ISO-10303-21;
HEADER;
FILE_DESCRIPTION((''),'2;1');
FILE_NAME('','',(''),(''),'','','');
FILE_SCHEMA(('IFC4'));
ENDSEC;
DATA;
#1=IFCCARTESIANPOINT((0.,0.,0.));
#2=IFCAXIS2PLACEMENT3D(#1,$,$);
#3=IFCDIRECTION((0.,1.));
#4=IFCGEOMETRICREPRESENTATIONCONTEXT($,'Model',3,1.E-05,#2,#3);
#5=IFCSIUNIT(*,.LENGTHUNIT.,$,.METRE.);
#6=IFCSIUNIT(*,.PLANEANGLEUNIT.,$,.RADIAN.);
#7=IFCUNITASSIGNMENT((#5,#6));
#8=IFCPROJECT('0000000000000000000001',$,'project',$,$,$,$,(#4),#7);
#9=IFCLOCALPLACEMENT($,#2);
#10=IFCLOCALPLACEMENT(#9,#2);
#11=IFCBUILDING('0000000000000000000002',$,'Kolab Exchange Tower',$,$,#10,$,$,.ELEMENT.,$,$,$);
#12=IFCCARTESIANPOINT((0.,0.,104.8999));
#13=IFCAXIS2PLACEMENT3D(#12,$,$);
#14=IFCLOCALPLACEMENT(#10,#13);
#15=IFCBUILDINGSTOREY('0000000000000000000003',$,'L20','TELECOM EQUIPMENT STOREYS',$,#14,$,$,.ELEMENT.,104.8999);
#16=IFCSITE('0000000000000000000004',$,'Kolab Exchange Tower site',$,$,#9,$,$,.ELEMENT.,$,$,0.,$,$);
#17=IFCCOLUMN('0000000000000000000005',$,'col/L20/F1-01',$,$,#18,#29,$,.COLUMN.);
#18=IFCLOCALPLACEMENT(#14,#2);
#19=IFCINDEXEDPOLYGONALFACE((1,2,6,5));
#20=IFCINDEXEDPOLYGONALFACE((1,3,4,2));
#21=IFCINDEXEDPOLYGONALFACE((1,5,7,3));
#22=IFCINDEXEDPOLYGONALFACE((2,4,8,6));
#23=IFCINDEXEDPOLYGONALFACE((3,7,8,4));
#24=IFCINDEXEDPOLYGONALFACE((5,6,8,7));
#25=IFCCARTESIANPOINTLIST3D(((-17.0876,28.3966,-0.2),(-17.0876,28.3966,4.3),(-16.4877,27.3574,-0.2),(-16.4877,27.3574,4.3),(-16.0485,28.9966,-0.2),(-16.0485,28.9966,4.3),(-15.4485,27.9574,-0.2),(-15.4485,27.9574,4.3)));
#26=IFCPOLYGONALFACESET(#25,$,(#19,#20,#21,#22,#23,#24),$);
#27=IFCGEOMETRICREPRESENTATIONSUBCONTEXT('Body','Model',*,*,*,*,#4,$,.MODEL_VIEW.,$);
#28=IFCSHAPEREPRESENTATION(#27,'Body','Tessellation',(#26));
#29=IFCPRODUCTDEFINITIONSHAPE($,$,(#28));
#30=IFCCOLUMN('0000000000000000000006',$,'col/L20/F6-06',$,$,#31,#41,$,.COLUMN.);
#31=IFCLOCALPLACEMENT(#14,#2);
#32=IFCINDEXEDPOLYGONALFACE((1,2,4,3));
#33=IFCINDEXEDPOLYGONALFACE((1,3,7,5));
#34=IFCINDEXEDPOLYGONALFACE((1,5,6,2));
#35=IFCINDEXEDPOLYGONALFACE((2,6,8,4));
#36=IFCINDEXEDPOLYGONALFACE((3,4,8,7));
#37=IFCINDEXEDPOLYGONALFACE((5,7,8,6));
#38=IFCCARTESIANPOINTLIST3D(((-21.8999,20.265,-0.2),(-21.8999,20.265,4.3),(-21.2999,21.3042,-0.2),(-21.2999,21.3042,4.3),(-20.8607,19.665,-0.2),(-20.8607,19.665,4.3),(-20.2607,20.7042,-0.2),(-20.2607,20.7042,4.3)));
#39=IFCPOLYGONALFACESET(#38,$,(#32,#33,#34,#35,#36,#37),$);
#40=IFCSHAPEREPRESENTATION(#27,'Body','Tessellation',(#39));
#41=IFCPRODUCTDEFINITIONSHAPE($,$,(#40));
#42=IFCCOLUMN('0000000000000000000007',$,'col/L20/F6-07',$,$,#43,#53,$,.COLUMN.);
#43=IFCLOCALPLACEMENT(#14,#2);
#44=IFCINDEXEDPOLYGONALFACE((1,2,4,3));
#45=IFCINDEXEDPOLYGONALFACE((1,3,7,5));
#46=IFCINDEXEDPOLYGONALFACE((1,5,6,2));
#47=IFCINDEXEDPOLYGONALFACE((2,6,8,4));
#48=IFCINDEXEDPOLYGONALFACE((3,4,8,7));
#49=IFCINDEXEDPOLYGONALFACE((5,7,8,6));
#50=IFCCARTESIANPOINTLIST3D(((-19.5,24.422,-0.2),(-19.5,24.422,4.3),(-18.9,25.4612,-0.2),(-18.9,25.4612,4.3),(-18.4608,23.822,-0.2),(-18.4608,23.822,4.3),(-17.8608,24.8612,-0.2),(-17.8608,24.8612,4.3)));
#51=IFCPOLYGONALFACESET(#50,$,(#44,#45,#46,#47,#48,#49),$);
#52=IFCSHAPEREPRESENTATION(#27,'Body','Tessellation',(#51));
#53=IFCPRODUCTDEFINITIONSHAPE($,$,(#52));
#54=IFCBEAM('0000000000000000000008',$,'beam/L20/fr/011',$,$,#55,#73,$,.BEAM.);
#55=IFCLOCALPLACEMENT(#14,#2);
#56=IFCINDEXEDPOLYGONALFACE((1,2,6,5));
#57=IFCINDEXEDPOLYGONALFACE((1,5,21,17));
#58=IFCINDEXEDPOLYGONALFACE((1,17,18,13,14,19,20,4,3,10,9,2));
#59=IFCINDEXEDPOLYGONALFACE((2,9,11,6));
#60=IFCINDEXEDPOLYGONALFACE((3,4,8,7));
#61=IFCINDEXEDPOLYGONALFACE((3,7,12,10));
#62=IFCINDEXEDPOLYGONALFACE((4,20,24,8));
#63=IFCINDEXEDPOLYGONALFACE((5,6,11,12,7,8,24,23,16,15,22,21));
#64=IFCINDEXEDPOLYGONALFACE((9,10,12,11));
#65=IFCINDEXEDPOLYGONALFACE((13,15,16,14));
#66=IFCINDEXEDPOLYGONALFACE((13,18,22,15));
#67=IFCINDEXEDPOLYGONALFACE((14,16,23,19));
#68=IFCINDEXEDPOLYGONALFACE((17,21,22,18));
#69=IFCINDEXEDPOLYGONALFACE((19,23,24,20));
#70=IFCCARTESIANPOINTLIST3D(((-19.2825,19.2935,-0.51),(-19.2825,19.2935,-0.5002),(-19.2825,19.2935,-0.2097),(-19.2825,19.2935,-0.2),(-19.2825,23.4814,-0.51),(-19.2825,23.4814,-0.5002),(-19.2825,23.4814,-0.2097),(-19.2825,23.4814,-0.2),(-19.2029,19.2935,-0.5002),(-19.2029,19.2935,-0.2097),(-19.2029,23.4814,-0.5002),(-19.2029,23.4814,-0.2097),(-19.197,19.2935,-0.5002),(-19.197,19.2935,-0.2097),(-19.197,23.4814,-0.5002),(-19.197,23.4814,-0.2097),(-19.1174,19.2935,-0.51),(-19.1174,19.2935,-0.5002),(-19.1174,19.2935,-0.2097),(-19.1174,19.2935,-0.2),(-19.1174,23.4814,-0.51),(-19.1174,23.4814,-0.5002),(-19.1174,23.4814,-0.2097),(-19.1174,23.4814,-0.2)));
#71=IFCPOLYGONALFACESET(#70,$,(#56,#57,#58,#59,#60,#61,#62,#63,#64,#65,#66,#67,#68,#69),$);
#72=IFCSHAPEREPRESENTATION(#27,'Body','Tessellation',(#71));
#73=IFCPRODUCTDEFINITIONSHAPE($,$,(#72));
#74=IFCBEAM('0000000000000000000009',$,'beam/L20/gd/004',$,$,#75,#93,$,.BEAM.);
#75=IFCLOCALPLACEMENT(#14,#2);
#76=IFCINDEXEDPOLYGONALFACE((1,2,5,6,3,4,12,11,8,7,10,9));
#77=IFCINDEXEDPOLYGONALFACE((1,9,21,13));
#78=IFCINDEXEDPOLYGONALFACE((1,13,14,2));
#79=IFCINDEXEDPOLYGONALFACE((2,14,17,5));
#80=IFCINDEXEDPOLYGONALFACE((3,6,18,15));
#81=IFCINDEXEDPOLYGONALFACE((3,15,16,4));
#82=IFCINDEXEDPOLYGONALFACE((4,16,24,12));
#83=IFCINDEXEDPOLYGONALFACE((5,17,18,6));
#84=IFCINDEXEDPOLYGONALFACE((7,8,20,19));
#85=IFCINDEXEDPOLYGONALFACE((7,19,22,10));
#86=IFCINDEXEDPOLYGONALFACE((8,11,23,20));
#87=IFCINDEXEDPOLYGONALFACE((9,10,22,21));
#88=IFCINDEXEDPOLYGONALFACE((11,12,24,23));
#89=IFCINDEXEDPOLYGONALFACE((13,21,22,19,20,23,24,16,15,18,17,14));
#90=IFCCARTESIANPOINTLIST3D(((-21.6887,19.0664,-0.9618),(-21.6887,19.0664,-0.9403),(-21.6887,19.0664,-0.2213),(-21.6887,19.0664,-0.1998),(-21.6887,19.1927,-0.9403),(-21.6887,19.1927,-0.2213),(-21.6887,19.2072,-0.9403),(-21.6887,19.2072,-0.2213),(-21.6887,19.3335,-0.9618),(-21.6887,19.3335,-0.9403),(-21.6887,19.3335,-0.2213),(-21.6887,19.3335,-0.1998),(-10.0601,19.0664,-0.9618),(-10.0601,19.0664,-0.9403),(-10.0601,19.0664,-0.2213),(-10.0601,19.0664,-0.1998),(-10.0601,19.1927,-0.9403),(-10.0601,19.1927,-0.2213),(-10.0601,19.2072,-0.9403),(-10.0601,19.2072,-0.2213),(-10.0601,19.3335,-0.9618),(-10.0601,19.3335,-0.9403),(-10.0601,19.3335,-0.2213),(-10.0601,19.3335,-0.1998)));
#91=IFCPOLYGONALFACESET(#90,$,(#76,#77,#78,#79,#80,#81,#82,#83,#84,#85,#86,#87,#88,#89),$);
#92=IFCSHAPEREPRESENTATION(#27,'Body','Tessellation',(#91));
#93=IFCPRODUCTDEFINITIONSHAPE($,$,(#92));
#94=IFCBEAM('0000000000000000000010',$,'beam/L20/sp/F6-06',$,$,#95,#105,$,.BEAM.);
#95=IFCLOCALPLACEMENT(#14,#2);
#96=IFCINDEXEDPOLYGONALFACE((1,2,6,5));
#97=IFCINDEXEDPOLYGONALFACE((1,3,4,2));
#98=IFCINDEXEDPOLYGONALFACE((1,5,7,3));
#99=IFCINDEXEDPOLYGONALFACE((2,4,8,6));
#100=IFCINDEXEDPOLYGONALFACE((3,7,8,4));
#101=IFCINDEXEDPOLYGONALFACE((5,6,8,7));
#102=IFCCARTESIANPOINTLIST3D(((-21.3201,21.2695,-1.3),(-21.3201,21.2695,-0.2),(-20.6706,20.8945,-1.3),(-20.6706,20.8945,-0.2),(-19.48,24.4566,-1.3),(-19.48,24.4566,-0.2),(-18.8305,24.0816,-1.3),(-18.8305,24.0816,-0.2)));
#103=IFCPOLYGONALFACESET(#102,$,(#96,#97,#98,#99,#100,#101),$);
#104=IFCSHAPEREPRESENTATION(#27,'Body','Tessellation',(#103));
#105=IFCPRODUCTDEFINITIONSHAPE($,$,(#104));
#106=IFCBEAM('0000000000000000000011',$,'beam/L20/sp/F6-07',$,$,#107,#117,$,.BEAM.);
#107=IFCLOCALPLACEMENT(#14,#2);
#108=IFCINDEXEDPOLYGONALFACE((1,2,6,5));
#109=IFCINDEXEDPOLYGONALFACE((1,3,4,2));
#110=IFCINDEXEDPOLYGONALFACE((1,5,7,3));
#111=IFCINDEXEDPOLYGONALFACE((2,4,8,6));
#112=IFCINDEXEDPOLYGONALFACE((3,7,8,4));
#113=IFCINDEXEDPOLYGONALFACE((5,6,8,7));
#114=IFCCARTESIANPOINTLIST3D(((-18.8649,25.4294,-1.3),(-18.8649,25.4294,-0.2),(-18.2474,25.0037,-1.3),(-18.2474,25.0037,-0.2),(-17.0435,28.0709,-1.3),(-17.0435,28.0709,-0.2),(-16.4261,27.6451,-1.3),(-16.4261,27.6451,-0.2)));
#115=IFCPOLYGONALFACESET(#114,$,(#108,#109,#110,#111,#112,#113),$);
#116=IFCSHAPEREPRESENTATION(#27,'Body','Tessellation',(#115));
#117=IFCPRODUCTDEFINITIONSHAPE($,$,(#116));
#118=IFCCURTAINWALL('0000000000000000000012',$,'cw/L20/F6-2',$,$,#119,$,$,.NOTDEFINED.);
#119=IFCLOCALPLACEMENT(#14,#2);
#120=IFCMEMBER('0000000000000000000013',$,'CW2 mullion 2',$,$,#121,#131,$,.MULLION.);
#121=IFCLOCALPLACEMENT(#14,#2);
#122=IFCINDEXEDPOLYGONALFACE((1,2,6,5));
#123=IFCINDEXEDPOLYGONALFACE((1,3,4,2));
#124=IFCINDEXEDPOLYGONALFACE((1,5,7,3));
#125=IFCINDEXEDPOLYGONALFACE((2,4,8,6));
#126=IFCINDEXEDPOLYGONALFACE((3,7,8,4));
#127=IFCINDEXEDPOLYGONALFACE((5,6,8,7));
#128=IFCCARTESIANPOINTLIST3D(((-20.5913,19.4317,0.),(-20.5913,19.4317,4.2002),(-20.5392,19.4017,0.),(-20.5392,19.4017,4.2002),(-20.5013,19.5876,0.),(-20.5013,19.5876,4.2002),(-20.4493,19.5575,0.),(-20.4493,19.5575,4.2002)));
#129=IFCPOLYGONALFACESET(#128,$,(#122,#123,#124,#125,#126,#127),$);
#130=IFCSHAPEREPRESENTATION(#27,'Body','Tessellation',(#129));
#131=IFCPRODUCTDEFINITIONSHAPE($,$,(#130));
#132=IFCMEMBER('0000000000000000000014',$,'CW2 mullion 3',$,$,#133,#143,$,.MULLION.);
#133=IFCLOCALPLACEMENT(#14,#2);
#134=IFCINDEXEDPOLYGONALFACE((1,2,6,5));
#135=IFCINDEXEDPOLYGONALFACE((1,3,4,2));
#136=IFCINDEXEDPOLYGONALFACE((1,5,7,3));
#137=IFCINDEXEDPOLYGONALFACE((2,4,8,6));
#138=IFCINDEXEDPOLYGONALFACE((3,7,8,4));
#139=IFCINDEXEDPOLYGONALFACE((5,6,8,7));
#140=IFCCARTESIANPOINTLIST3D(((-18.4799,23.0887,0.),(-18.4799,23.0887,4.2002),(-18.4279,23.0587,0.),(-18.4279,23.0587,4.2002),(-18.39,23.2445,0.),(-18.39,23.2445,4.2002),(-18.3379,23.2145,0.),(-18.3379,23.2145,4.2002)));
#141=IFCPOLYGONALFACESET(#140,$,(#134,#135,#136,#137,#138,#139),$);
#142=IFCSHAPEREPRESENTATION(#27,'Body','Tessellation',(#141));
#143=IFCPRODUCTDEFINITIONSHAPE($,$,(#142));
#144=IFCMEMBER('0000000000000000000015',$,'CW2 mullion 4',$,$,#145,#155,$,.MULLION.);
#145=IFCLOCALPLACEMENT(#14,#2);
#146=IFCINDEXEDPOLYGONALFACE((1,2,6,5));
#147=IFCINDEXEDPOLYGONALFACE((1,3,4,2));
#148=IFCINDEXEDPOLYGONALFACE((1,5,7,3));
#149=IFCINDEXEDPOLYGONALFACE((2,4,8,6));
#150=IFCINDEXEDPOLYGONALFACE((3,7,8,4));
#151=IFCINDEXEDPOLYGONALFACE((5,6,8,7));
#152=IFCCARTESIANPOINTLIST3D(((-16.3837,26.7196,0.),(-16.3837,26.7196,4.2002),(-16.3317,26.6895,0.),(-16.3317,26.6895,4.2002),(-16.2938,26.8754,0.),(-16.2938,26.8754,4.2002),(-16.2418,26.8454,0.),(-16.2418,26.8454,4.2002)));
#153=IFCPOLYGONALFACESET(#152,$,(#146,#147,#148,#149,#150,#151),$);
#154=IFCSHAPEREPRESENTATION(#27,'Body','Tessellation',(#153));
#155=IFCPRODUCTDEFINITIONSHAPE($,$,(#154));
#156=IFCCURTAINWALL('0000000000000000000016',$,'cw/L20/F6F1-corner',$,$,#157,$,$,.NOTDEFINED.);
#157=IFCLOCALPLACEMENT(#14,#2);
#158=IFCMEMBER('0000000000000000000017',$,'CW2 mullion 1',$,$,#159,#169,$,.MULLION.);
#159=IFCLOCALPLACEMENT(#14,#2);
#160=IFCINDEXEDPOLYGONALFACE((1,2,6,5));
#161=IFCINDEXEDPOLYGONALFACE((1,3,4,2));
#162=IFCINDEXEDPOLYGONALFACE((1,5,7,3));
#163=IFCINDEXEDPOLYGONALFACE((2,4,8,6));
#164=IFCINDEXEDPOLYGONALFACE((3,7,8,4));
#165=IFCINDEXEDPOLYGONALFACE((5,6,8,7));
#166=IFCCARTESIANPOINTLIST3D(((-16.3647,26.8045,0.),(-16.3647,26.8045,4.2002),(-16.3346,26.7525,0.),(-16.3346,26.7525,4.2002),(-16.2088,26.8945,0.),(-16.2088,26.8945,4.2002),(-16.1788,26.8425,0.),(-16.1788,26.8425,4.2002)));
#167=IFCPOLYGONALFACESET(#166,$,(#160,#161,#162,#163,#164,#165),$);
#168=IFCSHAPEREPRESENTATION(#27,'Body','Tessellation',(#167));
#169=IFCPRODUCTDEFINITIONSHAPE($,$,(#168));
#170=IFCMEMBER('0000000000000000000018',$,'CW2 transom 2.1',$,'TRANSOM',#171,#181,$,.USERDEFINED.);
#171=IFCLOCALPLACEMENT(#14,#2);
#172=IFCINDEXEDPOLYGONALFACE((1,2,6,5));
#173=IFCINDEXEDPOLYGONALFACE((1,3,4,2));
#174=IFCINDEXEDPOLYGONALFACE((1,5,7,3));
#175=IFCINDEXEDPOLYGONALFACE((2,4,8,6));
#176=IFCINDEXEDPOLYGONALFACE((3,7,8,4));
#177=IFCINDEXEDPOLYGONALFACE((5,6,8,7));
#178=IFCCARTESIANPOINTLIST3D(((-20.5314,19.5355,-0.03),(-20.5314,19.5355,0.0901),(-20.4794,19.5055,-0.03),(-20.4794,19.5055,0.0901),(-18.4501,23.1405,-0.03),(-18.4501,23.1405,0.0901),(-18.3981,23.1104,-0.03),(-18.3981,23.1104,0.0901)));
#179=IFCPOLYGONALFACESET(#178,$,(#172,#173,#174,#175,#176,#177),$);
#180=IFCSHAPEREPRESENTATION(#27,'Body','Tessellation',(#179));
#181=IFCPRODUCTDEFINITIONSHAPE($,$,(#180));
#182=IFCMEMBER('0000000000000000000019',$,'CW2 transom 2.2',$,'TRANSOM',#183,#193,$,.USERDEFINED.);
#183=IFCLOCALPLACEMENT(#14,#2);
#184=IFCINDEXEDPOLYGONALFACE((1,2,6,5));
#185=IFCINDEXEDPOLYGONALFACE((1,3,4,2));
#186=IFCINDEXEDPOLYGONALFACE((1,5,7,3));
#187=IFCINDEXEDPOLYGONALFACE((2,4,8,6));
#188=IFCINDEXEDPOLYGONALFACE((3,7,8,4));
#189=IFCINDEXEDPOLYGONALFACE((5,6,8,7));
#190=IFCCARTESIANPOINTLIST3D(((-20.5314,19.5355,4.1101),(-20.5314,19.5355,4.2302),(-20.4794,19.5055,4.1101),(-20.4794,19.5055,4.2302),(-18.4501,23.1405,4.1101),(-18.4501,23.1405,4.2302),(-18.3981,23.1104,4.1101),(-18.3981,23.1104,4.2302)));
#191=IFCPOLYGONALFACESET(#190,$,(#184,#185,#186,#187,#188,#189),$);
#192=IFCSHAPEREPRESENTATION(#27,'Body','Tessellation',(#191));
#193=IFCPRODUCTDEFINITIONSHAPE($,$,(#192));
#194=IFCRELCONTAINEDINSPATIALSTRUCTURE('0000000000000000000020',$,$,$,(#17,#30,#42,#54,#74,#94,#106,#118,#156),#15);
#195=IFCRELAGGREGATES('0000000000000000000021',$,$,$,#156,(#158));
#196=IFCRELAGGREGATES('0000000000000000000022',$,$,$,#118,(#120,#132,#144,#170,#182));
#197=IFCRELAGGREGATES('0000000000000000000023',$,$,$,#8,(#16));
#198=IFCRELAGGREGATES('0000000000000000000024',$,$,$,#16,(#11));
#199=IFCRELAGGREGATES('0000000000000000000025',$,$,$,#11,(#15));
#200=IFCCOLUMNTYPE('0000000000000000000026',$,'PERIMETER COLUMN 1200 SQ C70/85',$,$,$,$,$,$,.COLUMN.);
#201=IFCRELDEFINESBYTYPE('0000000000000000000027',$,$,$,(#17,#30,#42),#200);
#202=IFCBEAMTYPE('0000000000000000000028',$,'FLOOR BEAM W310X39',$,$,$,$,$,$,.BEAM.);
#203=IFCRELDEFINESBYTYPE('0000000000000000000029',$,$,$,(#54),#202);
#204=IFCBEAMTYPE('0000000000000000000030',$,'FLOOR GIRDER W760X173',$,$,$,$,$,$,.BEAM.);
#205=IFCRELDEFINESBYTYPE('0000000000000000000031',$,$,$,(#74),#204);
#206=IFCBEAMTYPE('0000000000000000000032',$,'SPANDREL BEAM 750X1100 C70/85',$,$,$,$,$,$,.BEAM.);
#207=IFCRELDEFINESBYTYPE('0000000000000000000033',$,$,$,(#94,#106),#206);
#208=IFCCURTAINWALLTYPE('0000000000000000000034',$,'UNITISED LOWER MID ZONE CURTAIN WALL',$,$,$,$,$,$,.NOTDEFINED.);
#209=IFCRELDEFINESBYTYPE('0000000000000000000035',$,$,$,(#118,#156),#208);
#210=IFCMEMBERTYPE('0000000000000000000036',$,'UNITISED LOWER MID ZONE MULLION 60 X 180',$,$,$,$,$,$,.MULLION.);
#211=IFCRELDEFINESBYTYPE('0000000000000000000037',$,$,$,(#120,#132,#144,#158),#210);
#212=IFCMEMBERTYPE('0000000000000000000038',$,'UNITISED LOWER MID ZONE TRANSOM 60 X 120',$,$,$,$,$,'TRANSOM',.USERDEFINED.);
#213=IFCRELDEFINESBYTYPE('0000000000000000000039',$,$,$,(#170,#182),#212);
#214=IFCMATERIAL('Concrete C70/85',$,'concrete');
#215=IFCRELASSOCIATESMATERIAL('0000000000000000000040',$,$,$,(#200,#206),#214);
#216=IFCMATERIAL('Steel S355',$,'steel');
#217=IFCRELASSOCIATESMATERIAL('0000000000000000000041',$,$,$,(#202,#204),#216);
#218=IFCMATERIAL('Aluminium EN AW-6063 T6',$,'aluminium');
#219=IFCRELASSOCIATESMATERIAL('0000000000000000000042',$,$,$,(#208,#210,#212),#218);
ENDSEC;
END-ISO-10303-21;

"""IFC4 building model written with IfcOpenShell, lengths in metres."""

from ifc_helpers import new_model, si_unit, direction, frame, origin, origin_2d, place, context, subcontext, project, spatial, rectangle, i_section, extrude, material, material_profile, profile_set, type_object, element, aggregate, save


model = new_model("IFC4")

# Units and contexts
model_context = context("Model", 3, precision=1e-05, world=origin(), true_north=direction((0.0, 1.0)))
body_context = subcontext(model_context, "Body", "Model", "MODEL_VIEW")
ifc_project = project(units=[si_unit("LENGTHUNIT", "METRE"), si_unit("PLANEANGLEUNIT", "RADIAN")], contexts=[model_context])

# Site, building, storey
site_placement = place(None, origin())
site = spatial("IfcSite", under=ifc_project, at=site_placement, Name="Kolab Exchange Tower site", CompositionType="ELEMENT", RefElevation=0.0)
building_placement = place(site_placement, origin())
building = spatial("IfcBuilding", under=site, at=building_placement, Name="Kolab Exchange Tower", CompositionType="ELEMENT")
storey_placement = place(building_placement, frame((0.0, 0.0, 104.8999)))
storey = spatial("IfcBuildingStorey", under=building, at=storey_placement, Name="L20", Description="TELECOM EQUIPMENT STOREYS", CompositionType="ELEMENT", Elevation=104.8999)

# Columns
ifc_material_1 = material(Name="Concrete C70/85", Category="concrete")
ifc_material_profile_1 = material_profile(ifc_material_1, rectangle(XDim=1.2, YDim=1.2, at=origin_2d()), Name="RC1200")
ifc_profile_set_1 = profile_set([ifc_material_profile_1], Name="Concrete C70/85")
column_type = type_object("IfcColumnType", Name="PERIMETER COLUMN 1200 SQ C70/85", PredefinedType="COLUMN", material=ifc_profile_set_1)
for number, where, z_axis, x_axis, name in (
    (1, (-16.2681, 28.177, -0.2), (0.0, 0.0, 1.0), (0.866025, 0.5, 0.0), "col/L20/F1-01"),
    (2, (-21.0803, 20.4846, -0.2), (0.0, 0.0, 1.0), (0.5, 0.866025, 0.0), "col/L20/F6-06"),
    (3, (-18.6804, 24.6416, -0.2), (0.0, 0.0, 1.0), (0.5, 0.866025, 0.0), "col/L20/F6-07"),
):
    element("IfcColumn", number, at=place(storey_placement, frame(where, z_axis=z_axis, x_axis=x_axis)), inside=storey, type_object=column_type, Name=name, PredefinedType="COLUMN", context=body_context, shape_type="SweptSolid", body=[
        extrude(rectangle(XDim=1.2, YDim=1.2, at=origin_2d()), origin(), (0.0, 0.0, 1.0), 4.5),
    ])

# Beams
ifc_material_2 = material(Name="Steel S355", Category="steel")
ifc_material_profile_2 = material_profile(ifc_material_2, i_section(OverallWidth=0.165, OverallDepth=0.3101, WebThickness=0.0059, FlangeThickness=0.0098, at=origin_2d()), Name="W310X39")
ifc_profile_set_2 = profile_set([ifc_material_profile_2], Name="Steel S355")
beam_type_1 = type_object("IfcBeamType", Name="FLOOR BEAM W310X39", PredefinedType="BEAM", material=ifc_profile_set_2)
beam_1_placement = place(storey_placement, frame((-19.2, 19.2935, -0.355), z_axis=(0.0, 1.0, 0.0), x_axis=(-1.0, 0.0, 0.0)))
element("IfcBeam", 4, at=beam_1_placement, inside=storey, type_object=beam_type_1, Name="beam/L20/fr/011", PredefinedType="BEAM", context=body_context, shape_type="SweptSolid", body=[
    extrude(i_section(OverallWidth=0.165, OverallDepth=0.3101, WebThickness=0.0059, FlangeThickness=0.0098, at=origin_2d()), origin(), (0.0, 0.0, 1.0), 4.188),
])
ifc_material_profile_3 = material_profile(ifc_material_2, i_section(OverallWidth=0.2671, OverallDepth=0.762, WebThickness=0.0144, FlangeThickness=0.0215, at=origin_2d()), Name="W760X173")
ifc_profile_set_3 = profile_set([ifc_material_profile_3], Name="Steel S355")
beam_type_2 = type_object("IfcBeamType", Name="FLOOR GIRDER W760X173", PredefinedType="BEAM", material=ifc_profile_set_3)
beam_2_placement = place(storey_placement, frame((-21.6887, 19.2, -0.5808), z_axis=(1.0, 0.0, 0.0), x_axis=(0.0, 1.0, 0.0)))
element("IfcBeam", 5, at=beam_2_placement, inside=storey, type_object=beam_type_2, Name="beam/L20/gd/004", PredefinedType="BEAM", context=body_context, shape_type="SweptSolid", body=[
    extrude(i_section(OverallWidth=0.2671, OverallDepth=0.762, WebThickness=0.0144, FlangeThickness=0.0215, at=origin_2d()), origin(), (0.0, 0.0, 1.0), 11.6287),
])
ifc_material_profile_4 = material_profile(ifc_material_1, rectangle(XDim=0.75, YDim=1.1001, at=origin_2d()), Name="RC750X1100")
ifc_profile_set_4 = profile_set([ifc_material_profile_4], Name="Concrete C70/85")
beam_type_3 = type_object("IfcBeamType", Name="SPANDREL BEAM 750X1100 C70/85", PredefinedType="BEAM", material=ifc_profile_set_4)
beam_3_placement = place(storey_placement, frame((-20.9954, 21.082, -0.75), z_axis=(0.500013, 0.866018, 0.0), x_axis=(-0.866018, 0.500013, 0.0)))
element("IfcBeam", 6, at=beam_3_placement, inside=storey, type_object=beam_type_3, Name="beam/L20/sp/F6-06", PredefinedType="BEAM", context=body_context, shape_type="SweptSolid", body=[
    extrude(rectangle(XDim=0.75, YDim=1.1001, at=origin_2d()), origin(), (0.0, 0.0, 1.0), 3.6802),
])
beam_4_placement = place(storey_placement, frame((-18.5562, 25.2166, -0.75), z_axis=(0.567662, 0.823262, 0.0), x_axis=(-0.823262, 0.567662, 0.0)))
element("IfcBeam", 7, at=beam_4_placement, inside=storey, type_object=beam_type_3, Name="beam/L20/sp/F6-07", PredefinedType="BEAM", context=body_context, shape_type="SweptSolid", body=[
    extrude(rectangle(XDim=0.75, YDim=1.1001, at=origin_2d()), origin(), (0.0, 0.0, 1.0), 3.2085),
])

# Curtain wall, members
ifc_material_3 = material(Name="Aluminium EN AW-6063 T6", Category="aluminium")
curtain_wall_type = type_object("IfcCurtainWallType", Name="UNITISED LOWER MID ZONE CURTAIN WALL", PredefinedType="NOTDEFINED", material=ifc_material_3)
curtain_wall_1_placement = place(storey_placement, origin())
curtain_wall_1 = element("IfcCurtainWall", 8, at=curtain_wall_1_placement, inside=storey, type_object=curtain_wall_type, Name="cw/L20/F6-2", PredefinedType="NOTDEFINED")
ifc_material_profile_5 = material_profile(ifc_material_3, rectangle(XDim=0.0601, YDim=0.1799, at=origin_2d()), Name="RECT 60X180")
ifc_profile_set_5 = profile_set([ifc_material_profile_5], Name="Aluminium EN AW-6063 T6")
member_type_1 = type_object("IfcMemberType", Name="UNITISED LOWER MID ZONE MULLION 60 X 180", PredefinedType="MULLION", material=ifc_profile_set_5)
member_1_placement = place(storey_placement, frame((-20.5203, 19.4946, 0.0), z_axis=(0.0, 0.0, 1.0), x_axis=(-0.866025, 0.5, 0.0)))
member_1 = element("IfcMember", 9, at=member_1_placement, type_object=member_type_1, Name="CW2 mullion 2", PredefinedType="MULLION", context=body_context, shape_type="SweptSolid", body=[
    extrude(rectangle(XDim=0.0601, YDim=0.1799, at=origin_2d()), origin(), (0.0, 0.0, 1.0), 4.2002),
])
member_2_placement = place(storey_placement, frame((-18.4089, 23.1516, 0.0), z_axis=(0.0, 0.0, 1.0), x_axis=(-0.866025, 0.5, 0.0)))
member_2 = element("IfcMember", 10, at=member_2_placement, type_object=member_type_1, Name="CW2 mullion 3", PredefinedType="MULLION", context=body_context, shape_type="SweptSolid", body=[
    extrude(rectangle(XDim=0.0601, YDim=0.1799, at=origin_2d()), origin(), (0.0, 0.0, 1.0), 4.2002),
])
member_3_placement = place(storey_placement, frame((-16.3127, 26.7825, 0.0), z_axis=(0.0, 0.0, 1.0), x_axis=(-0.866025, 0.5, 0.0)))
member_3 = element("IfcMember", 11, at=member_3_placement, type_object=member_type_1, Name="CW2 mullion 4", PredefinedType="MULLION", context=body_context, shape_type="SweptSolid", body=[
    extrude(rectangle(XDim=0.0601, YDim=0.1799, at=origin_2d()), origin(), (0.0, 0.0, 1.0), 4.2002),
])

# Curtain wall, member
curtain_wall_2_placement = place(storey_placement, origin())
curtain_wall_2 = element("IfcCurtainWall", 12, at=curtain_wall_2_placement, inside=storey, type_object=curtain_wall_type, Name="cw/L20/F6F1-corner", PredefinedType="NOTDEFINED")
member_4_placement = place(storey_placement, frame((-16.2717, 26.8235, 0.0), z_axis=(0.0, 0.0, 1.0), x_axis=(-0.5, 0.866025, 0.0)))
member_4 = element("IfcMember", 13, at=member_4_placement, type_object=member_type_1, Name="CW2 mullion 1", PredefinedType="MULLION", context=body_context, shape_type="SweptSolid", body=[
    extrude(rectangle(XDim=0.0601, YDim=0.1799, at=origin_2d()), origin(), (0.0, 0.0, 1.0), 4.2002),
])

# Members
ifc_material_profile_6 = material_profile(ifc_material_3, rectangle(XDim=0.0601, YDim=0.1201, at=origin_2d()), Name="RECT 60X120")
ifc_profile_set_6 = profile_set([ifc_material_profile_6], Name="Aluminium EN AW-6063 T6")
member_type_2 = type_object("IfcMemberType", Name="UNITISED LOWER MID ZONE TRANSOM 60 X 120", ElementType="TRANSOM", PredefinedType="USERDEFINED", material=ifc_profile_set_6)
member_5_placement = place(storey_placement, frame((-20.5054, 19.5205, 0.03), z_axis=(0.499993, 0.866029, 0.0), x_axis=(-0.866029, 0.499993, 0.0)))
member_5 = element("IfcMember", 14, at=member_5_placement, type_object=member_type_2, Name="CW2 transom 2.1", ObjectType="TRANSOM", PredefinedType="USERDEFINED", context=body_context, shape_type="SweptSolid", body=[
    extrude(rectangle(XDim=0.0601, YDim=0.1201, at=origin_2d()), origin(), (0.0, 0.0, 1.0), 4.1626),
])
member_6_placement = place(storey_placement, frame((-20.5054, 19.5205, 4.1702), z_axis=(0.499993, 0.866029, 0.0), x_axis=(-0.866029, 0.499993, 0.0)))
member_6 = element("IfcMember", 15, at=member_6_placement, type_object=member_type_2, Name="CW2 transom 2.2", ObjectType="TRANSOM", PredefinedType="USERDEFINED", context=body_context, shape_type="SweptSolid", body=[
    extrude(rectangle(XDim=0.0601, YDim=0.1201, at=origin_2d()), origin(), (0.0, 0.0, 1.0), 4.1626),
])
aggregate(curtain_wall_2, [member_4])

aggregate(curtain_wall_1, [member_1, member_2, member_3, member_5, member_6])

save(model, "model.ifc")
